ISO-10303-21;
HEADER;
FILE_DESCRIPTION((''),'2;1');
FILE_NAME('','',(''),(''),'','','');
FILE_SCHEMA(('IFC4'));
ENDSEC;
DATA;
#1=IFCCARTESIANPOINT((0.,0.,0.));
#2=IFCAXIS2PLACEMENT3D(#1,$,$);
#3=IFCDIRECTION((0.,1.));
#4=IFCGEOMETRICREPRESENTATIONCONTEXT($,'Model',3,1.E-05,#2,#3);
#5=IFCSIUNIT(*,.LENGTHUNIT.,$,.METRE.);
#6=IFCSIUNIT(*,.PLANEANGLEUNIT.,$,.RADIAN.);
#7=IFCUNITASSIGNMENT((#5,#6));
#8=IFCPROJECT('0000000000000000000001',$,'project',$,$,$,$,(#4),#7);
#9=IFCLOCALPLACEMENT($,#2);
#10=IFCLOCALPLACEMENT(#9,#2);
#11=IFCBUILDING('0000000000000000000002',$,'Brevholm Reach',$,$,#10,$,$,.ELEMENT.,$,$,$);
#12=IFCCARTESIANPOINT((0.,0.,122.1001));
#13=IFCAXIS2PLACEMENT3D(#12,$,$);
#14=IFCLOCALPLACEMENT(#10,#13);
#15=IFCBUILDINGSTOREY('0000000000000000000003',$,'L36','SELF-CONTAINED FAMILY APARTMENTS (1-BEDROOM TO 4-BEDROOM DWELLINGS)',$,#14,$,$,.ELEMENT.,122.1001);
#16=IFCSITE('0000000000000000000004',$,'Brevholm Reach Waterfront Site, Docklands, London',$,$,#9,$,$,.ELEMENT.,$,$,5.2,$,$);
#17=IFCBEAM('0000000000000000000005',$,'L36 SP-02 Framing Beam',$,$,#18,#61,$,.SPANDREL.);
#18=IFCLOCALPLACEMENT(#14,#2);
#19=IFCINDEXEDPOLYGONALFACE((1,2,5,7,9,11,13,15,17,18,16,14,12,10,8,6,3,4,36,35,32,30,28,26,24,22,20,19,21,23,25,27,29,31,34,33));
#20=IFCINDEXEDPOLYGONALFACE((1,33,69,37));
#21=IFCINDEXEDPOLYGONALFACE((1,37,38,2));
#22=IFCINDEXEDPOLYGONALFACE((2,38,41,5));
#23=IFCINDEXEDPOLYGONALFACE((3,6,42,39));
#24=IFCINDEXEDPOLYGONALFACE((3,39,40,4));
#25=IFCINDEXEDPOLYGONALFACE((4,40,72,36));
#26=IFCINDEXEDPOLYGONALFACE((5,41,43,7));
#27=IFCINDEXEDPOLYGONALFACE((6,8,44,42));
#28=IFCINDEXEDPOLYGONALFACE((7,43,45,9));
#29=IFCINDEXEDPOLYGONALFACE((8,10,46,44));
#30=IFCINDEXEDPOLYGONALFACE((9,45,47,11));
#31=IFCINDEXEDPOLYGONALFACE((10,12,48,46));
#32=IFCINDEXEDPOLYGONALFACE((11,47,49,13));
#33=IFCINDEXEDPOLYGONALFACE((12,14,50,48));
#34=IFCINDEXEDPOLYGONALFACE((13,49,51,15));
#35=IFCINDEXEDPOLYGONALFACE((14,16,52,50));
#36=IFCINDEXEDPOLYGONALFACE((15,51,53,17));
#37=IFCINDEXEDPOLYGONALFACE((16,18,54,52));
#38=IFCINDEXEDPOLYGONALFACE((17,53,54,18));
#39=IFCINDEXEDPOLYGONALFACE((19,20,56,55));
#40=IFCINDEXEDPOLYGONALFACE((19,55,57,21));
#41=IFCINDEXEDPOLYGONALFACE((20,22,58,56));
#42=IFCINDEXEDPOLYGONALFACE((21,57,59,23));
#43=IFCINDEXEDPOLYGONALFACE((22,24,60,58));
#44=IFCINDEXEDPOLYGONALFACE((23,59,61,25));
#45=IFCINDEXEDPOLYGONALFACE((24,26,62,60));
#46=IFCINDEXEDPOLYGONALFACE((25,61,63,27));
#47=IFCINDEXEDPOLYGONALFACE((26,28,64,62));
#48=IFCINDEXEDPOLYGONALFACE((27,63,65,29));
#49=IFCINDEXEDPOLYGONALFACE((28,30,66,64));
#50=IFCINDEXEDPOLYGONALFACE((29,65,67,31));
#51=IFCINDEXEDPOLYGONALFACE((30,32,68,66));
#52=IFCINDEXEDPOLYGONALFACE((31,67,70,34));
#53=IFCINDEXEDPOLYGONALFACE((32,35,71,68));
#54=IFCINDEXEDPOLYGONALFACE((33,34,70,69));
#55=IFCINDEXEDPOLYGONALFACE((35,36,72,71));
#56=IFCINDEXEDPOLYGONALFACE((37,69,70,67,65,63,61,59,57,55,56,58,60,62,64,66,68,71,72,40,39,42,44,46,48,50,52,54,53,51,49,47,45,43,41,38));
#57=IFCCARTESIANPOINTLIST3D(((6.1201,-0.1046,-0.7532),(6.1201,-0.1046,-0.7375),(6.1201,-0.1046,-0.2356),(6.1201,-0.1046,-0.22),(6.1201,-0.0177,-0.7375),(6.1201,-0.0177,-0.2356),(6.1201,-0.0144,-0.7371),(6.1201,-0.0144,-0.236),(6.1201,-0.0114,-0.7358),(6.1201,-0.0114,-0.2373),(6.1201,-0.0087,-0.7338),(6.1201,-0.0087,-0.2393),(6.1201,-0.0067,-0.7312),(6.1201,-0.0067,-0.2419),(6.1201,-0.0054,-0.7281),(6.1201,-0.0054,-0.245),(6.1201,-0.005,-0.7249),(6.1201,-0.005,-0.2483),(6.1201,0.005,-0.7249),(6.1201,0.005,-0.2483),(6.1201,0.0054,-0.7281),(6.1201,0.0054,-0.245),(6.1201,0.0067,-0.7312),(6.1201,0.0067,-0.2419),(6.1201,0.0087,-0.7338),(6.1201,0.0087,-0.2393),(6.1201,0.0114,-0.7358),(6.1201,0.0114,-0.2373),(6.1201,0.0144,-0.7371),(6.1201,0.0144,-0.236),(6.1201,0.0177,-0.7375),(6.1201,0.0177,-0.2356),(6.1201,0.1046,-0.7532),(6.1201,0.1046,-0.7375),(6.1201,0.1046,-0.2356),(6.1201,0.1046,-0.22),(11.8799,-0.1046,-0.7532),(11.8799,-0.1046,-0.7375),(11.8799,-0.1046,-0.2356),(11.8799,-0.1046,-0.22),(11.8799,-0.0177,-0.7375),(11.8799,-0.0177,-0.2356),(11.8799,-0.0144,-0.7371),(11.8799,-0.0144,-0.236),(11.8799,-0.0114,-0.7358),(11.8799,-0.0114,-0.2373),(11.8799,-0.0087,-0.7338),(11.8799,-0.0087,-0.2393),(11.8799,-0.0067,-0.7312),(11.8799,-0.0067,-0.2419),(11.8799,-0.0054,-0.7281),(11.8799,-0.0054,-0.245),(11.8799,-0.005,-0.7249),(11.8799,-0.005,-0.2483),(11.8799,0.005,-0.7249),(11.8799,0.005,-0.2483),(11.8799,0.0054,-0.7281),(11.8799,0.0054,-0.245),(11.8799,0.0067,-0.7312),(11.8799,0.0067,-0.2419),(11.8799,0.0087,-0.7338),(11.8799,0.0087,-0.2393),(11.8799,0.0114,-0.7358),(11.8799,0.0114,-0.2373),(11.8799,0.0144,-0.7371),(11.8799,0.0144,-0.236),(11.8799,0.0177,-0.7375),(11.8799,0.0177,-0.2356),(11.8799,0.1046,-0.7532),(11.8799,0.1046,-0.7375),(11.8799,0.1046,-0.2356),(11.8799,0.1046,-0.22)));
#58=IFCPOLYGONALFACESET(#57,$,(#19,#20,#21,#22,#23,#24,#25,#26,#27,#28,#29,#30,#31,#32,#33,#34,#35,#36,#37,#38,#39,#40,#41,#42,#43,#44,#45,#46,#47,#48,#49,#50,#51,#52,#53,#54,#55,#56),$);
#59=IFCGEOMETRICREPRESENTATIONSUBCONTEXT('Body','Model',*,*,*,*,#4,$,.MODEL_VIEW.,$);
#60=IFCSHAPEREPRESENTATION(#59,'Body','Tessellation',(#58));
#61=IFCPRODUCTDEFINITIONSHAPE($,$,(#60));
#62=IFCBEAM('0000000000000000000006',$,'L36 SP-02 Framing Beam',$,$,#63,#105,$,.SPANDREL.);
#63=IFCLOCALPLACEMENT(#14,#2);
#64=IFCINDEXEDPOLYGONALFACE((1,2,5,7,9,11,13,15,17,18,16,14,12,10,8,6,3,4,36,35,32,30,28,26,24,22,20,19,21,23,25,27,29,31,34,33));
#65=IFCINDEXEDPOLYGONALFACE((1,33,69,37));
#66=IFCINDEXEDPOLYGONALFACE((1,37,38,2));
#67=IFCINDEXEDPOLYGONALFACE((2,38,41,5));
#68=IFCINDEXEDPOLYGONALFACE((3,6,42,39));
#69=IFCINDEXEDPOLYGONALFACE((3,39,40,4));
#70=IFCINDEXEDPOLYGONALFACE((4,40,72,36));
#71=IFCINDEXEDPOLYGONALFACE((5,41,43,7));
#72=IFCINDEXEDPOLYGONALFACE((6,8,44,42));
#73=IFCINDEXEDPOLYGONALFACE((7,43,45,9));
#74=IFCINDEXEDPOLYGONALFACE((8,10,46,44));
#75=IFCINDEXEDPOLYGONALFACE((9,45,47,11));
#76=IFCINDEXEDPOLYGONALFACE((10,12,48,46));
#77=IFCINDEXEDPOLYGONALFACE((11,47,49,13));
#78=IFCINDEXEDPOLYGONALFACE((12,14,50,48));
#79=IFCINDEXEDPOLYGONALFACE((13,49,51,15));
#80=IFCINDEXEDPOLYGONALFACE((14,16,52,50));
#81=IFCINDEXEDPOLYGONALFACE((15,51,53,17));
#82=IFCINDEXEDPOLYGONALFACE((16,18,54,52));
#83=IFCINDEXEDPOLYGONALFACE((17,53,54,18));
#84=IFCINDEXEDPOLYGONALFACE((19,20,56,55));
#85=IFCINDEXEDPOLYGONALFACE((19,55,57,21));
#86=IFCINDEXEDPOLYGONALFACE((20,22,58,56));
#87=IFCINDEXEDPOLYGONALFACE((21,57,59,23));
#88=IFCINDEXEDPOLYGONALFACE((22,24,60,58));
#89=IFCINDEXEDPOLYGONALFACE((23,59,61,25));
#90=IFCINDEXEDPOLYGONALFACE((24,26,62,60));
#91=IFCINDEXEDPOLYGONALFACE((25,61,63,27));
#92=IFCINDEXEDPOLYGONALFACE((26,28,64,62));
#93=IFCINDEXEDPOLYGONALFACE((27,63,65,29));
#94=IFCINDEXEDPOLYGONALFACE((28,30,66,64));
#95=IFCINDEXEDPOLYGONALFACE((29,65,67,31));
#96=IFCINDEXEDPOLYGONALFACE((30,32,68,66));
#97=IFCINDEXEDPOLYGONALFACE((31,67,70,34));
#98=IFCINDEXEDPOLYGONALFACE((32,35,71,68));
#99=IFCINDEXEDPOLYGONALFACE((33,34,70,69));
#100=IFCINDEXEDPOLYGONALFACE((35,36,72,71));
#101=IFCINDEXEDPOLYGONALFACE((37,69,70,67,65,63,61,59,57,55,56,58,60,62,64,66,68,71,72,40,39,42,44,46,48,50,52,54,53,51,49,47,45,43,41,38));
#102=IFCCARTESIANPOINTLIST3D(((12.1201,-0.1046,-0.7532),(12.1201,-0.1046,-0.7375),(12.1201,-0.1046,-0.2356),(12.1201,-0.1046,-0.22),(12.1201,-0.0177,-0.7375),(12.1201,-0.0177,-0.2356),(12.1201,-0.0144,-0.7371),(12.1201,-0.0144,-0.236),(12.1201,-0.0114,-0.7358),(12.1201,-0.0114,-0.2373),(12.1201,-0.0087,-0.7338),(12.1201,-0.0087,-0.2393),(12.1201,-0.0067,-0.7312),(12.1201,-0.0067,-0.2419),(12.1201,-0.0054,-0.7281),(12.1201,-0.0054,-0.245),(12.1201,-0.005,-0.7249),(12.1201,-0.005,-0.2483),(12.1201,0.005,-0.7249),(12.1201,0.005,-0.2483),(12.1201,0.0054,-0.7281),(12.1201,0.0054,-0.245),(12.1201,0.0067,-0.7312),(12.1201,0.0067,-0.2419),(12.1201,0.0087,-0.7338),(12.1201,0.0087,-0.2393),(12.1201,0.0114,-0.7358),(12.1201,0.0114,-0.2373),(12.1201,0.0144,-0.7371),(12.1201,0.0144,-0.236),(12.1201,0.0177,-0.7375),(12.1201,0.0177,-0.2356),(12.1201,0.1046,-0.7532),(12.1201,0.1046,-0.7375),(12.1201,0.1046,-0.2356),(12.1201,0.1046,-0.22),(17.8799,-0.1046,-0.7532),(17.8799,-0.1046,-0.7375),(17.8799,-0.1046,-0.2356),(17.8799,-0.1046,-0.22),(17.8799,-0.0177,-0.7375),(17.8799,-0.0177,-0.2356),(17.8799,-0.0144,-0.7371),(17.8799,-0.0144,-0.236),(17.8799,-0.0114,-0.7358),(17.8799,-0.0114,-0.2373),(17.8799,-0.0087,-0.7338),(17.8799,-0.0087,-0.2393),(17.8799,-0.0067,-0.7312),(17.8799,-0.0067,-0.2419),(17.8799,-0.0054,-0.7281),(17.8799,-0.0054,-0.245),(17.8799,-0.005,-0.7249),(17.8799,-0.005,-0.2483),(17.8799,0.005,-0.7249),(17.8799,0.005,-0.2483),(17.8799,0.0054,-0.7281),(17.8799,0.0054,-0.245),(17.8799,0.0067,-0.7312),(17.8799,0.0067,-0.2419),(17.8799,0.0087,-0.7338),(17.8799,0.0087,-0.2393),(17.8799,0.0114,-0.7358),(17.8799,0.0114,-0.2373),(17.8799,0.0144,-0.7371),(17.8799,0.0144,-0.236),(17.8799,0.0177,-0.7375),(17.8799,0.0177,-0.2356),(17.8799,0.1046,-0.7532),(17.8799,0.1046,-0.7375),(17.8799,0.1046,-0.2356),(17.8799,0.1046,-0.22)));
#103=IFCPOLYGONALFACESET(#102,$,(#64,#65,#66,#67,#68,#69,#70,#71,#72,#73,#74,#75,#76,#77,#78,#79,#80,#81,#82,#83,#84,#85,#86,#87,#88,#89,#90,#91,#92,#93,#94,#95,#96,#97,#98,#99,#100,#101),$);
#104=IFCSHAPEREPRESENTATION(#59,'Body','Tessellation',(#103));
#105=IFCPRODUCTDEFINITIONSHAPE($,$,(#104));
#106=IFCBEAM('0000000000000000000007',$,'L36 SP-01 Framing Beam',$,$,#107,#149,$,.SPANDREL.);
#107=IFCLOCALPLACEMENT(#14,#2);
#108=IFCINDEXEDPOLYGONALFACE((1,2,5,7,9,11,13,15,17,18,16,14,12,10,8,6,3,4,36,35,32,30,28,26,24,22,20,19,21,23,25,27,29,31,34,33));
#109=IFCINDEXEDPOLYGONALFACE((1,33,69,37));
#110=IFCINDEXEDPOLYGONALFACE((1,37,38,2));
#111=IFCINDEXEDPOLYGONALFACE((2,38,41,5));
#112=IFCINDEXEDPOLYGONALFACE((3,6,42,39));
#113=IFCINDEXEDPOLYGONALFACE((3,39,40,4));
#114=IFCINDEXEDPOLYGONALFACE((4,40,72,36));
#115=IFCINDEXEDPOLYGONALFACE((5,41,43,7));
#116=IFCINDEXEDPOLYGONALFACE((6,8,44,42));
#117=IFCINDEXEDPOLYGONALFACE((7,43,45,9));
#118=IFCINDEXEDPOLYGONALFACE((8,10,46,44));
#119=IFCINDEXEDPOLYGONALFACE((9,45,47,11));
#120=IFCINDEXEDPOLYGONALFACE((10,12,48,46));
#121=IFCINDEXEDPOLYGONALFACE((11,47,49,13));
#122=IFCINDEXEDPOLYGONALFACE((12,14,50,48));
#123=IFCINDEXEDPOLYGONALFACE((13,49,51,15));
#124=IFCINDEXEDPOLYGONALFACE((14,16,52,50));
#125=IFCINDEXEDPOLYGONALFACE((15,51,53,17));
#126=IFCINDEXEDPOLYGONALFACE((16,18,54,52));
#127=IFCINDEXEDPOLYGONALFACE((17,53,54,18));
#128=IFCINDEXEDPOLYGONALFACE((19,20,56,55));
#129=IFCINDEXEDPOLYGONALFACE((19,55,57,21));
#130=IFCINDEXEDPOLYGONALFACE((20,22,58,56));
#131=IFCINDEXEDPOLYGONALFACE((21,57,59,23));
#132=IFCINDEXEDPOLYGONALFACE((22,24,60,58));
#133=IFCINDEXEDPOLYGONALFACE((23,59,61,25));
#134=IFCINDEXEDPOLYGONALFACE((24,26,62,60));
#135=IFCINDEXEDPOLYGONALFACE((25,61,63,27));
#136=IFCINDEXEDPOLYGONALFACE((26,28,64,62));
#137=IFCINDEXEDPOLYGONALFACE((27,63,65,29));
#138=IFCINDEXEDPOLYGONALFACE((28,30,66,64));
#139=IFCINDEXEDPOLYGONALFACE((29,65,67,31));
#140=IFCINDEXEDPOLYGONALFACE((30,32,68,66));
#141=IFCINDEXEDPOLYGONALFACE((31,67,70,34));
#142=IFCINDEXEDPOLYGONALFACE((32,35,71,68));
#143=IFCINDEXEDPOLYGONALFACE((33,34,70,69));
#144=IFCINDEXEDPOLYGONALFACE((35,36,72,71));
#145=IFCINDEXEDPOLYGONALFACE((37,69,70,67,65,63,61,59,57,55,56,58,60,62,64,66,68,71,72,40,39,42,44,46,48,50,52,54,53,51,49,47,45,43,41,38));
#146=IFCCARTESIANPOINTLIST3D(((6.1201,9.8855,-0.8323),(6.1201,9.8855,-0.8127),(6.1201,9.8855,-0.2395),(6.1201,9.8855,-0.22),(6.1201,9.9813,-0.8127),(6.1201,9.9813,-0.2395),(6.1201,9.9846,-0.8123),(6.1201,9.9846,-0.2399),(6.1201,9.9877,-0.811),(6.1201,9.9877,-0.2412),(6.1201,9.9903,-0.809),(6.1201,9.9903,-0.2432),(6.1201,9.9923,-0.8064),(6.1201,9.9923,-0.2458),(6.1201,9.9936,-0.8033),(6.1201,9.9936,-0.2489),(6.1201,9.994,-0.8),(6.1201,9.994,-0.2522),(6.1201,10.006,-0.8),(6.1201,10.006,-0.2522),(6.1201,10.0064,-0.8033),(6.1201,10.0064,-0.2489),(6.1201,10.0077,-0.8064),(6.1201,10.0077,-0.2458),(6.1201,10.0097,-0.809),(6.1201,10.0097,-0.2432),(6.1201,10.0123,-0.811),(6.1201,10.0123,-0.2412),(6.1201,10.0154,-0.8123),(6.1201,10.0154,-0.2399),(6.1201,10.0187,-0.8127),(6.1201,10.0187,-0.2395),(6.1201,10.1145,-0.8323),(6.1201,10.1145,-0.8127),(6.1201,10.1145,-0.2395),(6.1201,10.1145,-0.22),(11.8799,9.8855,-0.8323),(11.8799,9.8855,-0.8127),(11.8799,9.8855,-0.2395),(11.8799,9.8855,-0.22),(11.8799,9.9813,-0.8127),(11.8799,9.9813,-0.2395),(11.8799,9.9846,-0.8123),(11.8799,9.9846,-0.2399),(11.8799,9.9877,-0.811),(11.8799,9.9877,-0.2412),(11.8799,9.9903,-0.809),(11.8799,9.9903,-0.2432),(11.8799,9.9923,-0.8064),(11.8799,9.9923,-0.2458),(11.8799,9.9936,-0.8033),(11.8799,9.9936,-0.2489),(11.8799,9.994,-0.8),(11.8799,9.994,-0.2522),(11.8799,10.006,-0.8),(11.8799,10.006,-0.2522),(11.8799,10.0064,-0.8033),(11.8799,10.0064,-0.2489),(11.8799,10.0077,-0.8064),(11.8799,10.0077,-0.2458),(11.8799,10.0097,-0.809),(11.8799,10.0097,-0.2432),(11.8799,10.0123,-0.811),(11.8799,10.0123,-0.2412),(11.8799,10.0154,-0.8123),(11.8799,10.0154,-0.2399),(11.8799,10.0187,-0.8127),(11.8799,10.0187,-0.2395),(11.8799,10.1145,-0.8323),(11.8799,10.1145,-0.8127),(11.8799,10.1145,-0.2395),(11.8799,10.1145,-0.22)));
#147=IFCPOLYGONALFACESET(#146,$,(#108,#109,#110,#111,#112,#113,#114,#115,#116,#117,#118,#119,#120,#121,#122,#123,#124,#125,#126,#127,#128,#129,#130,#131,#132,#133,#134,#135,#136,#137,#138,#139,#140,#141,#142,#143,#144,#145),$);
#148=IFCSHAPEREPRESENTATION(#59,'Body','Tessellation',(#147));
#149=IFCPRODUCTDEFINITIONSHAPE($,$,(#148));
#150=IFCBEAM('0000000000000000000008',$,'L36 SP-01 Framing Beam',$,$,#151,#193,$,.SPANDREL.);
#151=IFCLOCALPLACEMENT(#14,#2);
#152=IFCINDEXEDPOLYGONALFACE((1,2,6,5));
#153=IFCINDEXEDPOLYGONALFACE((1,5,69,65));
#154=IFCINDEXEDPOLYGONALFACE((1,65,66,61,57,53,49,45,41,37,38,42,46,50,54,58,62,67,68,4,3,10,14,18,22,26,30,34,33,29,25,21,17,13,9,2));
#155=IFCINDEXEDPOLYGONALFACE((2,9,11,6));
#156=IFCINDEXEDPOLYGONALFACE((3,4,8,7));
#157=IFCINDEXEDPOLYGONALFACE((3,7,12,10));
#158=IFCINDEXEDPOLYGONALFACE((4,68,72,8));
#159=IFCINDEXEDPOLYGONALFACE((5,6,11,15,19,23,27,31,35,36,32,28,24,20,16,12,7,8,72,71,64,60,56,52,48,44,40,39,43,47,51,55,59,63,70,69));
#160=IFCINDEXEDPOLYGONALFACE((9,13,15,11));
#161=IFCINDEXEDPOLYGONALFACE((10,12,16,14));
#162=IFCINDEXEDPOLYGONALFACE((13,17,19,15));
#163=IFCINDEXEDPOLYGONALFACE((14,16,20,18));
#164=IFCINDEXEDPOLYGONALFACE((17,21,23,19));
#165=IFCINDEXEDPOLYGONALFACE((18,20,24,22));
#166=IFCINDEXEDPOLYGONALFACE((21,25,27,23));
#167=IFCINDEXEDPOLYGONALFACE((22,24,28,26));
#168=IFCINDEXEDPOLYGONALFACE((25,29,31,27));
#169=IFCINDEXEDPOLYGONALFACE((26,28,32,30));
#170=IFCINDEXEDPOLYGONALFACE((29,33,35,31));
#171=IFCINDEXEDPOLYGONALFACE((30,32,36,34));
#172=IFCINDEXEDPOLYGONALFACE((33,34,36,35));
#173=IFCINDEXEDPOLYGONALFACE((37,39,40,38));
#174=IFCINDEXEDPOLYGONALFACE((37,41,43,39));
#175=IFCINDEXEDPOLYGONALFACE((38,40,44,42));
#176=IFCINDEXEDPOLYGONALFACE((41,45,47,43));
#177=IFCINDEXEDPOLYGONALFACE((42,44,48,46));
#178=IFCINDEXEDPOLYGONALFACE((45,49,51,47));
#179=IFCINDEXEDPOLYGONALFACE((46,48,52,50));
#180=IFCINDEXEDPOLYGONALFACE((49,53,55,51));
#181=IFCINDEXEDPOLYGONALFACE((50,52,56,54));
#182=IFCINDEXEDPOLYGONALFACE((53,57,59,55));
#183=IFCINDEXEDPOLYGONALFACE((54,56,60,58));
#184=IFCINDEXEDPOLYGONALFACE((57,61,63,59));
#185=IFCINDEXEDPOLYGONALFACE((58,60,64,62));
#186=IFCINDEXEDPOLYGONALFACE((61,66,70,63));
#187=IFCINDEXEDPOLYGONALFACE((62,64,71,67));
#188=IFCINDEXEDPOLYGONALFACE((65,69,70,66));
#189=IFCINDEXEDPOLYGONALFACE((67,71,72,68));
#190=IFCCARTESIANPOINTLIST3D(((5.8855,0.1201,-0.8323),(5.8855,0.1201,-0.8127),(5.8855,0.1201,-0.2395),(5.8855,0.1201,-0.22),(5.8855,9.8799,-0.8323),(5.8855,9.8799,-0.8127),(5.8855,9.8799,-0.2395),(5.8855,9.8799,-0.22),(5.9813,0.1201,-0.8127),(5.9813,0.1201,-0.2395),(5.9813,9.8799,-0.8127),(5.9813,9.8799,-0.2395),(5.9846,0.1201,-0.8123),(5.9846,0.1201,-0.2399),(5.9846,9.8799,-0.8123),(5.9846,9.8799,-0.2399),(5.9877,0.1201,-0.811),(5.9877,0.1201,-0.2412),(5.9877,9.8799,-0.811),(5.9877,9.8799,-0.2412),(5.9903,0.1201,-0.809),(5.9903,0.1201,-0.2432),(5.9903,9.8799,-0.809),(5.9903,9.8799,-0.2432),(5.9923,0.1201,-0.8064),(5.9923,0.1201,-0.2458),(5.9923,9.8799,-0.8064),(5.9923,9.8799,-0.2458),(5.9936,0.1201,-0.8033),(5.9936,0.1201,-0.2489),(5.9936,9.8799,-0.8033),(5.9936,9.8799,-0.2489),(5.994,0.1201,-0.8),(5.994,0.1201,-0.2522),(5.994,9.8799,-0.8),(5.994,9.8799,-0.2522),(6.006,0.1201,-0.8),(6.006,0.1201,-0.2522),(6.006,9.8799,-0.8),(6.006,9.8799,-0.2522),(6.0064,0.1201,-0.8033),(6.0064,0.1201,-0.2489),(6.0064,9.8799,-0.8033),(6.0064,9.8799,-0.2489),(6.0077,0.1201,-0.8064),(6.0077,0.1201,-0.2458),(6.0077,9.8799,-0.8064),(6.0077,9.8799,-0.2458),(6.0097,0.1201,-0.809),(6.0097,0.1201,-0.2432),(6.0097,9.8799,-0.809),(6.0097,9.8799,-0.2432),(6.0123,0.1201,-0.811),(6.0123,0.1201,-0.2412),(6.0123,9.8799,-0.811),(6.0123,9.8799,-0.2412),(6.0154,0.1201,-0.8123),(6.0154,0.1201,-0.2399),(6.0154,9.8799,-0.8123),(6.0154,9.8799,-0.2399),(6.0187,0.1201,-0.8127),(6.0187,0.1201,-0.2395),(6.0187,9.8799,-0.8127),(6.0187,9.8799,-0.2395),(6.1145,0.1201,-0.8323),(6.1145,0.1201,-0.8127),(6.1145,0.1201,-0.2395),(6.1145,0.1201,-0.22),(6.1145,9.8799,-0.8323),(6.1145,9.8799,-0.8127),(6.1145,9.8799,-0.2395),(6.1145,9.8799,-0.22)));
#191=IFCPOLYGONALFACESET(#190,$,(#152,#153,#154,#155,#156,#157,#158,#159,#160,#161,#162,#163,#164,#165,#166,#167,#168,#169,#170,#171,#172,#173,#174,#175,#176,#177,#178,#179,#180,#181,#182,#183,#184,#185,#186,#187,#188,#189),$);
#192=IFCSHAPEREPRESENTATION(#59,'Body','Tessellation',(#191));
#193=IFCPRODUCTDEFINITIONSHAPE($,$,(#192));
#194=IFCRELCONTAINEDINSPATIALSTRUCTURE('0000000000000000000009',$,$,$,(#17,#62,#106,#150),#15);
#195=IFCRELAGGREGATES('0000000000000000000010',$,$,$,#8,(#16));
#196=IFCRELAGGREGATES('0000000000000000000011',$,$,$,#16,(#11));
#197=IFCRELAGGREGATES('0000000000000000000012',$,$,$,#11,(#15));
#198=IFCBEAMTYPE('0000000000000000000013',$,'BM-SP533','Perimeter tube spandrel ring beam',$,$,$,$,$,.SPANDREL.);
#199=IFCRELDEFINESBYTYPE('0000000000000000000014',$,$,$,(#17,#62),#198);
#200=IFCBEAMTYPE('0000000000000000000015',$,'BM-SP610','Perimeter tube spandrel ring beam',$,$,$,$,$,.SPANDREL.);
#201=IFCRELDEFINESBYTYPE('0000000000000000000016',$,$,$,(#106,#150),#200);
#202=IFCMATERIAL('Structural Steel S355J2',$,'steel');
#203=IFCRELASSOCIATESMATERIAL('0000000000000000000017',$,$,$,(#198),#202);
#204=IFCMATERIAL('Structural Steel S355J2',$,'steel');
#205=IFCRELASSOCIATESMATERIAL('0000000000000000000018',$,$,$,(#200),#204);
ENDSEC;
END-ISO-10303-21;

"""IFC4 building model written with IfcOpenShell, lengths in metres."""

from ifc_helpers import new_model, si_unit, direction, frame, origin, origin_2d, place, context, subcontext, project, spatial, i_section, extrude, material, material_profile, profile_set, type_object, element, save


model = new_model("IFC4")

# Units and contexts
model_context = context("Model", 3, precision=1e-05, world=origin(), true_north=direction((0.0, 1.0)))
body_context = subcontext(model_context, "Body", "Model", "MODEL_VIEW")
ifc_project = project(units=[si_unit("LENGTHUNIT", "METRE"), si_unit("PLANEANGLEUNIT", "RADIAN")], contexts=[model_context])

# Site, building, storey
site_placement = place(None, origin())
site = spatial("IfcSite", under=ifc_project, at=site_placement, Name="Brevholm Reach Waterfront Site, Docklands, London", CompositionType="ELEMENT", RefElevation=5.2)
building_placement = place(site_placement, origin())
building = spatial("IfcBuilding", under=site, at=building_placement, Name="Brevholm Reach", CompositionType="ELEMENT")
storey_placement = place(building_placement, frame((0.0, 0.0, 122.1001)))
storey = spatial("IfcBuildingStorey", under=building, at=storey_placement, Name="L36", Description="SELF-CONTAINED FAMILY APARTMENTS (1-BEDROOM TO 4-BEDROOM DWELLINGS)", CompositionType="ELEMENT", Elevation=122.1001)

# Beams
ifc_material_1 = material(Name="Structural Steel S355J2", Category="steel")
ifc_material_profile_1 = material_profile(ifc_material_1, i_section(OverallWidth=0.2092, OverallDepth=0.5332, WebThickness=0.01, FlangeThickness=0.0156, FilletRadius=0.0127, at=origin_2d()), Name="UKB 533x210x92")
ifc_profile_set_1 = profile_set([ifc_material_profile_1], Name="Structural Steel S355J2")
beam_type_1 = type_object("IfcBeamType", Name="BM-SP533", Description="Perimeter tube spandrel ring beam", PredefinedType="SPANDREL", material=ifc_profile_set_1)
for number, where, z_axis, x_axis, name in (
    (1, (6.1201, 0.0, -0.4866), (1.0, 0.0, 0.0), (0.0, 1.0, 0.0), "L36 SP-02 Framing Beam"),
    (2, (12.1201, 0.0, -0.4866), (1.0, 0.0, 0.0), (0.0, 1.0, 0.0), "L36 SP-02 Framing Beam"),
):
    element("IfcBeam", number, at=place(storey_placement, frame(where, z_axis=z_axis, x_axis=x_axis)), inside=storey, type_object=beam_type_1, Name=name, PredefinedType="SPANDREL", context=body_context, shape_type="SweptSolid", body=[
        extrude(i_section(OverallWidth=0.2092, OverallDepth=0.5332, WebThickness=0.01, FlangeThickness=0.0156, FilletRadius=0.0127, at=origin_2d()), origin(), (0.0, 0.0, 1.0), 5.7598),
    ])
ifc_material_2 = material(Name="Structural Steel S355J2", Category="steel")
ifc_material_profile_2 = material_profile(ifc_material_2, i_section(OverallWidth=0.229, OverallDepth=0.6123, WebThickness=0.012, FlangeThickness=0.0195, FilletRadius=0.0127, at=origin_2d()), Name="UKB 610x229x125")
ifc_profile_set_2 = profile_set([ifc_material_profile_2], Name="Structural Steel S355J2")
beam_type_2 = type_object("IfcBeamType", Name="BM-SP610", Description="Perimeter tube spandrel ring beam", PredefinedType="SPANDREL", material=ifc_profile_set_2)
beam_1_placement = place(storey_placement, frame((6.1201, 10.0, -0.5261), z_axis=(1.0, 0.0, 0.0), x_axis=(0.0, 1.0, 0.0)))
element("IfcBeam", 3, at=beam_1_placement, inside=storey, type_object=beam_type_2, Name="L36 SP-01 Framing Beam", PredefinedType="SPANDREL", context=body_context, shape_type="SweptSolid", body=[
    extrude(i_section(OverallWidth=0.229, OverallDepth=0.6123, WebThickness=0.012, FlangeThickness=0.0195, FilletRadius=0.0127, at=origin_2d()), origin(), (0.0, 0.0, 1.0), 5.7598),
])
beam_2_placement = place(storey_placement, frame((6.0, 0.1201, -0.5261), z_axis=(0.0, 1.0, 0.0), x_axis=(-1.0, 0.0, 0.0)))
element("IfcBeam", 4, at=beam_2_placement, inside=storey, type_object=beam_type_2, Name="L36 SP-01 Framing Beam", PredefinedType="SPANDREL", context=body_context, shape_type="SweptSolid", body=[
    extrude(i_section(OverallWidth=0.229, OverallDepth=0.6123, WebThickness=0.012, FlangeThickness=0.0195, FilletRadius=0.0127, at=origin_2d()), origin(), (0.0, 0.0, 1.0), 9.7598),
])

save(model, "model.ifc")
